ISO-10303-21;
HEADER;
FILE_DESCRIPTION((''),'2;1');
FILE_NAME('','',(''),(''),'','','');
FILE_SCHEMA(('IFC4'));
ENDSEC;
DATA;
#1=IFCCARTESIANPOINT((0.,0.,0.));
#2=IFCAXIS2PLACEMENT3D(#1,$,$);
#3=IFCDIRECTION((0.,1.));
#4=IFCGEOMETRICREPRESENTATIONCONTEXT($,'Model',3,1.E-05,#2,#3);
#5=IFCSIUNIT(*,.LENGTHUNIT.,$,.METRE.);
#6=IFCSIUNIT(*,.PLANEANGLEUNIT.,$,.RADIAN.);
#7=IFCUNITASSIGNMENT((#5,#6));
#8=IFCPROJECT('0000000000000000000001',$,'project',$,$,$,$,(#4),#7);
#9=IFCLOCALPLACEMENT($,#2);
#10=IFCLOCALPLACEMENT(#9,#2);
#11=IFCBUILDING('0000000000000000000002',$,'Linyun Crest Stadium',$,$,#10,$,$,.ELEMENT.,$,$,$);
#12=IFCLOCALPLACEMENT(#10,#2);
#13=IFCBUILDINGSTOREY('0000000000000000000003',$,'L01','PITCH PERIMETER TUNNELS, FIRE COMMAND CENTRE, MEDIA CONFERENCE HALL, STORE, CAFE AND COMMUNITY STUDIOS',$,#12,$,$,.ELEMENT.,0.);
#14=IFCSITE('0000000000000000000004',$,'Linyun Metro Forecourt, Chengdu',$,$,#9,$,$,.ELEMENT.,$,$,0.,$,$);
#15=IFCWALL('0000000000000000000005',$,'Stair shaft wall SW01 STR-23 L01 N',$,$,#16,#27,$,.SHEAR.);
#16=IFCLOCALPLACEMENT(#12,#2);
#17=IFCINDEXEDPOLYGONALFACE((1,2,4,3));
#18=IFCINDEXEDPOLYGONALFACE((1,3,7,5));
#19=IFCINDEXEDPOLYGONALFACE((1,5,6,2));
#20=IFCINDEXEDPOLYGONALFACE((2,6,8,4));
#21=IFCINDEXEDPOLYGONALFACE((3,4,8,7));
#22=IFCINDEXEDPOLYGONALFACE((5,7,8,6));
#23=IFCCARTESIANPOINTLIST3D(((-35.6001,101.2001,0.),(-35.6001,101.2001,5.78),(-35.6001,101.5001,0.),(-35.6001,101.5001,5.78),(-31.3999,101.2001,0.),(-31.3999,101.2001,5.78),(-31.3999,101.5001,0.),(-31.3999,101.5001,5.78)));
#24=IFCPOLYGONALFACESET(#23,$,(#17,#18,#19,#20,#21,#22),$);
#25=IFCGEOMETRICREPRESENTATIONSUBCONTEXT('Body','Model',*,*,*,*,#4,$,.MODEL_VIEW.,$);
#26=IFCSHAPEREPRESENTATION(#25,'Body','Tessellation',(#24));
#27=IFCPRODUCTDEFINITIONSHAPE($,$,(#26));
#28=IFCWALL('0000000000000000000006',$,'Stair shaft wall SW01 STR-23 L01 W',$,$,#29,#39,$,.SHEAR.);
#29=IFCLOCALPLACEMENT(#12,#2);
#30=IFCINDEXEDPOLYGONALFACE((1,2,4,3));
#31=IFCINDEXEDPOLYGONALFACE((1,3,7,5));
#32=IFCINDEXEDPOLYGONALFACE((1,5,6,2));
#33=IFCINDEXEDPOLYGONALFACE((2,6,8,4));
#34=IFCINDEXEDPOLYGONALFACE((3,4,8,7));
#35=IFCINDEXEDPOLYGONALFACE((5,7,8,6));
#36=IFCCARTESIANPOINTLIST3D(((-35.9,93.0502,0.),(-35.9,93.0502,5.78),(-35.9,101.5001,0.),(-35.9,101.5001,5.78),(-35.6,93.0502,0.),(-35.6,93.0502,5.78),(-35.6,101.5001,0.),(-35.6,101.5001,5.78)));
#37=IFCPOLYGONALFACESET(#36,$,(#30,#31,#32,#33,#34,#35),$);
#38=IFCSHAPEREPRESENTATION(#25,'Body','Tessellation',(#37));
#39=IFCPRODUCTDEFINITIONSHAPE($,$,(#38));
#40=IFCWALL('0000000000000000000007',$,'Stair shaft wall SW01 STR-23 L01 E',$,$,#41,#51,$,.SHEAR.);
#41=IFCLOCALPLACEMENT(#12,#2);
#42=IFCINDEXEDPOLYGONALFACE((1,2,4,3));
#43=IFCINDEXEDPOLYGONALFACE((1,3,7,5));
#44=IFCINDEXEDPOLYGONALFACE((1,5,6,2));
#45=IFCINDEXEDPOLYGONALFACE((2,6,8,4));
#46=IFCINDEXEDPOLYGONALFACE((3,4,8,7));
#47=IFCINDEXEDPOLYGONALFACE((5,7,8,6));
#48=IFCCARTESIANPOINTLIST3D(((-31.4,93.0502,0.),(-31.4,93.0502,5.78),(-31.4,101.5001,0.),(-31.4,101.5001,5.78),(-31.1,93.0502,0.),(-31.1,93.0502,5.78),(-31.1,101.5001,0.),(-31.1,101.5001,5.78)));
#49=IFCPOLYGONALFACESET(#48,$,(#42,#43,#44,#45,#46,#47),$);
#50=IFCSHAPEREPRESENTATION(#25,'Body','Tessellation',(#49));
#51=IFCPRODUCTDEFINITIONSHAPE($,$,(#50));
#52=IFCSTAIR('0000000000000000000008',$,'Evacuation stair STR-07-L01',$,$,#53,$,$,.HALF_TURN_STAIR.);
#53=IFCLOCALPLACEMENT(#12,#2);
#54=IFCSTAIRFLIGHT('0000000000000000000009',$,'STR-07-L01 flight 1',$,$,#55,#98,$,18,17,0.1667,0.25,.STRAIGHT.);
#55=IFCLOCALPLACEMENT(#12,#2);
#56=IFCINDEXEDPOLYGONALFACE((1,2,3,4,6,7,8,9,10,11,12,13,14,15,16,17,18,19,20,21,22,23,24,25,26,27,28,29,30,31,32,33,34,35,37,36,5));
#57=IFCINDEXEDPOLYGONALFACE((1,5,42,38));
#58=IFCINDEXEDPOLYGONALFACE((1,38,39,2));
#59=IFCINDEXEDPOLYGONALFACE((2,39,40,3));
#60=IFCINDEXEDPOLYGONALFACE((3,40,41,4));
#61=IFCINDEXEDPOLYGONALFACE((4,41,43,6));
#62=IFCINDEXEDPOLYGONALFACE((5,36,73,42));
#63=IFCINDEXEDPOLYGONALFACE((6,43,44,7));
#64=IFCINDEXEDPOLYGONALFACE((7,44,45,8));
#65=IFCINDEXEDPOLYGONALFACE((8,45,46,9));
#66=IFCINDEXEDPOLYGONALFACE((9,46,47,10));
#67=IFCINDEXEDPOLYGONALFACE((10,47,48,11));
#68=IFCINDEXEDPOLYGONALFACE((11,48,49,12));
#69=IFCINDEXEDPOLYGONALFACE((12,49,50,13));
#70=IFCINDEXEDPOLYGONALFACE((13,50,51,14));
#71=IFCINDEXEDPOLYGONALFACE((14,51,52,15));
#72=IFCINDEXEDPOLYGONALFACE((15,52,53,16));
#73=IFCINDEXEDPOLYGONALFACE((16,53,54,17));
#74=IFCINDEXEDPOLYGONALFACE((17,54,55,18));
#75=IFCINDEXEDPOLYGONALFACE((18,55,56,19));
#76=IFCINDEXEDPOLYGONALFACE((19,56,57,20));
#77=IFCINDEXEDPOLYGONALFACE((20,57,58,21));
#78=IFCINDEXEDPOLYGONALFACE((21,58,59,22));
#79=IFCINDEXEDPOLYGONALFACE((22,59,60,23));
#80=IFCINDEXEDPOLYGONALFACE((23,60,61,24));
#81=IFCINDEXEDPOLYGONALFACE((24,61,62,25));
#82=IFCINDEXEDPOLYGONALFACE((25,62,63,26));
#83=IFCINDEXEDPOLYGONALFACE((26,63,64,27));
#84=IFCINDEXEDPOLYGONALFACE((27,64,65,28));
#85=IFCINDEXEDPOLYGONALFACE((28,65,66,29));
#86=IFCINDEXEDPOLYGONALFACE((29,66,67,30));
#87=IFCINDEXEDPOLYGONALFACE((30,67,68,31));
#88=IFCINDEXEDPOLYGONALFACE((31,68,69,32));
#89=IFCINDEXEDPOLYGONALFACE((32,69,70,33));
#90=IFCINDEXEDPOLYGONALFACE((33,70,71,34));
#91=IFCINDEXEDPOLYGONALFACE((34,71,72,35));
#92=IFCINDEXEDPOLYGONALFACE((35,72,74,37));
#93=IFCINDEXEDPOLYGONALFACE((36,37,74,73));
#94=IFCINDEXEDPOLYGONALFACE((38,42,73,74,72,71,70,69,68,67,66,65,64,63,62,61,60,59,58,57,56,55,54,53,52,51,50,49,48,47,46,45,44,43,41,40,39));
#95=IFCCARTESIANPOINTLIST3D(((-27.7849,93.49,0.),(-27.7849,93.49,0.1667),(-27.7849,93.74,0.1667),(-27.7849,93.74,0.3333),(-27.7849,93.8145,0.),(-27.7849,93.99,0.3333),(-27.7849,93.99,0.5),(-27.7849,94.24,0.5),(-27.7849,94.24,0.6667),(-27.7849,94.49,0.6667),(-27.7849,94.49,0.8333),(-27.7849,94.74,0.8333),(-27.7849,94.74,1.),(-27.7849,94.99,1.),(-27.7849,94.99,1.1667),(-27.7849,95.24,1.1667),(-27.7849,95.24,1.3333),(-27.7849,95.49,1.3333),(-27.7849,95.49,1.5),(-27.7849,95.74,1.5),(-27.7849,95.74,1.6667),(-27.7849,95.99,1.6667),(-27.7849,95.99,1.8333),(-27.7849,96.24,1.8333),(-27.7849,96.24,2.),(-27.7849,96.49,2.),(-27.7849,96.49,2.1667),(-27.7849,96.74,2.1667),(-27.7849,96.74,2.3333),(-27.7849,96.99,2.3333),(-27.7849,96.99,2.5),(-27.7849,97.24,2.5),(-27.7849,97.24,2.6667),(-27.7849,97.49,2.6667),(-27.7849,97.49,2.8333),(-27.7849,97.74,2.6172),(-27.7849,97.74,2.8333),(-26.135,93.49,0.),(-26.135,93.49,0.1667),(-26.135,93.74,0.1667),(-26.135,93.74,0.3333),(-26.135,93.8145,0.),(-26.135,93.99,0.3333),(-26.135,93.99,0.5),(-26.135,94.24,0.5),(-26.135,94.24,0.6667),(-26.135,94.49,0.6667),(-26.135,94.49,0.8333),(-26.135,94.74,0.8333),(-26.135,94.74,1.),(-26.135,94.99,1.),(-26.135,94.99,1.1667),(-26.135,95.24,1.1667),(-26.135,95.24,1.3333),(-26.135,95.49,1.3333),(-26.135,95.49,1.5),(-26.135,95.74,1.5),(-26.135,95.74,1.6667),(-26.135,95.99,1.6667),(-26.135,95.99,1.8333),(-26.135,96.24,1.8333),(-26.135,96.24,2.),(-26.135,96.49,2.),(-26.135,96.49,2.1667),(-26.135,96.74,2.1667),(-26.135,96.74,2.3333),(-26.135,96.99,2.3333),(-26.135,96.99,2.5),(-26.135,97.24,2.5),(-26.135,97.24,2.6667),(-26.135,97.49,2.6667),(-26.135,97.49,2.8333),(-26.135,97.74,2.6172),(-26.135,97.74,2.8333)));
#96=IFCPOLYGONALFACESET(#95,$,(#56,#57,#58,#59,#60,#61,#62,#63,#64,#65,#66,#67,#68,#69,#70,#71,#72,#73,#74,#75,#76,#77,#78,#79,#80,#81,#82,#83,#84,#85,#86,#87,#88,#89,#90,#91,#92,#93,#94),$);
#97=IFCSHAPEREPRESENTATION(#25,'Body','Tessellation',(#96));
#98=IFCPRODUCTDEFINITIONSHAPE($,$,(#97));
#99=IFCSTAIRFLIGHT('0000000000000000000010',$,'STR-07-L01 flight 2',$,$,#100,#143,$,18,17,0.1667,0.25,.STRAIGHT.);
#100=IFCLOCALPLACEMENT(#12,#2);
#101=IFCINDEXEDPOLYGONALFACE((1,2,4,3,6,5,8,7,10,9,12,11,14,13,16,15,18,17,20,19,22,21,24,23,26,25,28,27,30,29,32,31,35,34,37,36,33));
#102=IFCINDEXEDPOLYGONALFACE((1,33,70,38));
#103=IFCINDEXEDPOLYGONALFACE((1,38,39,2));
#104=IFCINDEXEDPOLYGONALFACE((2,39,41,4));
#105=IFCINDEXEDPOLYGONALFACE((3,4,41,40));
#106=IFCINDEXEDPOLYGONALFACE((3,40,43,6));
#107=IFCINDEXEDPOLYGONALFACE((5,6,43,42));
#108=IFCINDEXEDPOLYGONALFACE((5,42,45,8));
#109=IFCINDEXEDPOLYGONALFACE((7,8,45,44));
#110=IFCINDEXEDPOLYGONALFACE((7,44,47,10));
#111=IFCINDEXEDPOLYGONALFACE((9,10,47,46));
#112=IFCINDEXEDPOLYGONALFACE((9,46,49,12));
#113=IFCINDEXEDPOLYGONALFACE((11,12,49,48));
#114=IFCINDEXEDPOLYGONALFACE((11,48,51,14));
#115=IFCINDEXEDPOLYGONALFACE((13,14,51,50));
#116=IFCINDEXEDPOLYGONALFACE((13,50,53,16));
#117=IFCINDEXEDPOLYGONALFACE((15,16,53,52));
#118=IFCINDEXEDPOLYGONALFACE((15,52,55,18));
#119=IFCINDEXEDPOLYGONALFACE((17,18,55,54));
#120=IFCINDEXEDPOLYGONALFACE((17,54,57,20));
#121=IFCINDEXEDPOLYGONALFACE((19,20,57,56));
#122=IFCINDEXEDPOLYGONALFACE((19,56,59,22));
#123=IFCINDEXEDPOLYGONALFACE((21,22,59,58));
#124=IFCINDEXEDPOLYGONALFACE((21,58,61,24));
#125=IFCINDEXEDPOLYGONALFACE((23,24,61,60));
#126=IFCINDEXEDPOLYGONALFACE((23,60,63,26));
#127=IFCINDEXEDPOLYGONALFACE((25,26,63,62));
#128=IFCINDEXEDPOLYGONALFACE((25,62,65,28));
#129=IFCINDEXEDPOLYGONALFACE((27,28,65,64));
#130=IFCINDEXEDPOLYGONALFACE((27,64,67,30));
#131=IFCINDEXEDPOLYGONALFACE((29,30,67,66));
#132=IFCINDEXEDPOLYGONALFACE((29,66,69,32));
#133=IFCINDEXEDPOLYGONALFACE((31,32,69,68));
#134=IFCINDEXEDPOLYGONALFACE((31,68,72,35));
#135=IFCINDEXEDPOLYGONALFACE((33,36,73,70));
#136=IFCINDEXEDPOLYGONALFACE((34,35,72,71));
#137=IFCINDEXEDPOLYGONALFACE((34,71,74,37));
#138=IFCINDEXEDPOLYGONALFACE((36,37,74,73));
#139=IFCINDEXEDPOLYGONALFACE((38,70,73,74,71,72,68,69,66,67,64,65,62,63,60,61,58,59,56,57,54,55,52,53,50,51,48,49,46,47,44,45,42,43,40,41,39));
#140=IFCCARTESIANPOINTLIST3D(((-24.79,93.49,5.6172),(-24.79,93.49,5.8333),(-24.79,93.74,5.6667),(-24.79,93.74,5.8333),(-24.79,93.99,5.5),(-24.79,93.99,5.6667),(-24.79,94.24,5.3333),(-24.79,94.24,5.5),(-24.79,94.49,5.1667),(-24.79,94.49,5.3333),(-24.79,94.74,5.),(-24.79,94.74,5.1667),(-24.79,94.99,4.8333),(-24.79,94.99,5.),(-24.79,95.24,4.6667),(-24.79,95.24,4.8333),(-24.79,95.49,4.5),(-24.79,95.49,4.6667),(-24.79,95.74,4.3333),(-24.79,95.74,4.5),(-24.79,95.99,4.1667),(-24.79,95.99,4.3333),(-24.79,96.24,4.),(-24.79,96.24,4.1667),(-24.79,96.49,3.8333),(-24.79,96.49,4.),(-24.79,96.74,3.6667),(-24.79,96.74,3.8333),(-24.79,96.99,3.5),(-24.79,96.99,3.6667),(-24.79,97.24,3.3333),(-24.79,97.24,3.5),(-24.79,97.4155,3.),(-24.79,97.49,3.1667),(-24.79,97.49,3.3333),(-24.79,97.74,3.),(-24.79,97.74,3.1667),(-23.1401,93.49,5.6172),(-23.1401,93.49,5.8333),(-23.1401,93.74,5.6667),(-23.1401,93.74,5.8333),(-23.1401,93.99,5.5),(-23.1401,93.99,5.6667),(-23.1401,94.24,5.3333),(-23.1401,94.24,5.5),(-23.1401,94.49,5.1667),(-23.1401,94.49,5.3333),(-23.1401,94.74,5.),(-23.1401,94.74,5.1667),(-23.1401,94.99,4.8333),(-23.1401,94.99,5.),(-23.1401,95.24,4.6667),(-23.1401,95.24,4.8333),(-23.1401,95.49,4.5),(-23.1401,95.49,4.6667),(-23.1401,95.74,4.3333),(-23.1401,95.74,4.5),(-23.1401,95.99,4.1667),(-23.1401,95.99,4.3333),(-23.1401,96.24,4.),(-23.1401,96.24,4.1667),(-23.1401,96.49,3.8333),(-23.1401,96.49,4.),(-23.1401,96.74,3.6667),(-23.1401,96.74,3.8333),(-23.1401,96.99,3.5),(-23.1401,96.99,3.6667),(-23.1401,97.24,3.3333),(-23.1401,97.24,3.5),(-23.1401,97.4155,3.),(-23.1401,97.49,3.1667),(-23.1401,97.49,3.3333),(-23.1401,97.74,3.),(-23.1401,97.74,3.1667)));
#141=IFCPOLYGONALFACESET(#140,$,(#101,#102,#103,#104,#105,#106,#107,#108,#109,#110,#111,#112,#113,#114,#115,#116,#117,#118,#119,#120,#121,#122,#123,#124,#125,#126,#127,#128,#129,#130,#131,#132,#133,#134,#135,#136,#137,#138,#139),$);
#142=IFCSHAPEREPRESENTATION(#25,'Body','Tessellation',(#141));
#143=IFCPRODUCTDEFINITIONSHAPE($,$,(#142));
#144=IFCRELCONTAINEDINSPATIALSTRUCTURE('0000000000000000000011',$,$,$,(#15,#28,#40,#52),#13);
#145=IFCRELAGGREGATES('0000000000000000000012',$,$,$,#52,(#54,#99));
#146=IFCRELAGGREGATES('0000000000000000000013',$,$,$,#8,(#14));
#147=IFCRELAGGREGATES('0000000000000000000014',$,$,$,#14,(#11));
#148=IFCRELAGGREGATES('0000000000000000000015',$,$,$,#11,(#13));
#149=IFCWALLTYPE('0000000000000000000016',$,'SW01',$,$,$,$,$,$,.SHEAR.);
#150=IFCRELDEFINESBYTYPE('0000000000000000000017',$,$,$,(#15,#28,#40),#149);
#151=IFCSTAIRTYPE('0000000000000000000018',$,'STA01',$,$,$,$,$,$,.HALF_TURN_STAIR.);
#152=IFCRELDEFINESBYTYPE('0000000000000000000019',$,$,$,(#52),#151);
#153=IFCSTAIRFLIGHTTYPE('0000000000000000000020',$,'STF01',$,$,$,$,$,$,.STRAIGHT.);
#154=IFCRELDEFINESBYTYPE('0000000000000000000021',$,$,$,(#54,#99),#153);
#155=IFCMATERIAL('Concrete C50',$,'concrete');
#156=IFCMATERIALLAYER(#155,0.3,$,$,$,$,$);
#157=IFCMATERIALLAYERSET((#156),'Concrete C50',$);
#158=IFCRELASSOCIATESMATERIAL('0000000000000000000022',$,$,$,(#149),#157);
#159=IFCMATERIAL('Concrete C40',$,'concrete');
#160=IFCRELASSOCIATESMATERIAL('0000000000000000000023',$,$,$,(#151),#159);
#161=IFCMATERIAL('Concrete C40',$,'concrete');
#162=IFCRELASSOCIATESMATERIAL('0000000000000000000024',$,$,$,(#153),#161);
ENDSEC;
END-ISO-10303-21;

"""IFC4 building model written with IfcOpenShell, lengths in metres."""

from ifc_helpers import new_model, si_unit, direction, frame, frame_2d, origin, place, context, subcontext, project, spatial, polyline, rectangle, outline, extrude, material, layer, layer_set, type_object, element, aggregate, save


model = new_model("IFC4")

# Units and contexts
model_context = context("Model", 3, precision=1e-05, world=origin(), true_north=direction((0.0, 1.0)))
body_context = subcontext(model_context, "Body", "Model", "MODEL_VIEW")
ifc_project = project(units=[si_unit("LENGTHUNIT", "METRE"), si_unit("PLANEANGLEUNIT", "RADIAN")], contexts=[model_context])

# Site, building, storey
site_placement = place(None, origin())
site = spatial("IfcSite", under=ifc_project, at=site_placement, Name="Linyun Metro Forecourt, Chengdu", CompositionType="ELEMENT", RefElevation=0.0)
building_placement = place(site_placement, origin())
building = spatial("IfcBuilding", under=site, at=building_placement, Name="Linyun Crest Stadium", CompositionType="ELEMENT")
storey_placement = place(building_placement, origin())
storey = spatial("IfcBuildingStorey", under=building, at=storey_placement, Name="L01", Description="PITCH PERIMETER TUNNELS, FIRE COMMAND CENTRE, MEDIA CONFERENCE HALL, STORE, CAFE AND COMMUNITY STUDIOS", CompositionType="ELEMENT", Elevation=0.0)

# Shared definitions
ifc_material_1 = material(Name="Concrete C50", Category="concrete")
ifc_layer_1 = layer(ifc_material_1, 0.3)
ifc_layer_set_1 = layer_set([ifc_layer_1], Name="Concrete C50")
wall_type_1 = type_object("IfcWallType", Name="SW01", PredefinedType="SHEAR", material=ifc_layer_set_1)

# Walls
wall_1_placement = place(storey_placement, frame((-35.6001, 101.3501, 0.0), z_axis=(0.0, 0.0, 1.0), x_axis=(1.0, 0.0, 0.0)))
element("IfcWall", 1, at=wall_1_placement, inside=storey, type_object=wall_type_1, Name="Stair shaft wall SW01 STR-23 L01 N", PredefinedType="SHEAR", context=body_context, shape_type="SweptSolid", body=[
    extrude(rectangle(XDim=4.2002, YDim=0.3, at=frame_2d((2.1001, 0.0))), origin(), (0.0, 0.0, 1.0), 5.78),
])
for number, where, z_axis, x_axis, name in (
    (2, (-35.75, 93.05, 0.0), (0.0, 0.0, 1.0), (0.0, 1.0, 0.0), "Stair shaft wall SW01 STR-23 L01 W"),
    (3, (-31.25, 93.05, 0.0), (0.0, 0.0, 1.0), (0.0, 1.0, 0.0), "Stair shaft wall SW01 STR-23 L01 E"),
):
    element("IfcWall", number, at=place(storey_placement, frame(where, z_axis=z_axis, x_axis=x_axis)), inside=storey, type_object=wall_type_1, Name=name, PredefinedType="SHEAR", context=body_context, shape_type="SweptSolid", body=[
        extrude(rectangle(XDim=8.45, YDim=0.3, at=frame_2d((4.2251, 0.0))), origin(), (0.0, 0.0, 1.0), 5.78),
    ])

# Stair, stair flights
ifc_material_2 = material(Name="Concrete C40", Category="concrete")
stair_type = type_object("IfcStairType", Name="STA01", PredefinedType="HALF_TURN_STAIR", material=ifc_material_2)
stair_1_placement = place(storey_placement, origin())
stair_1 = element("IfcStair", 4, at=stair_1_placement, inside=storey, type_object=stair_type, Name="Evacuation stair STR-07-L01", PredefinedType="HALF_TURN_STAIR")
ifc_material_3 = material(Name="Concrete C40", Category="concrete")
stair_flight_type_1 = type_object("IfcStairFlightType", Name="STF01", PredefinedType="STRAIGHT", material=ifc_material_3)
stair_flight_1_placement = place(storey_placement, frame((-26.96, 93.49, 0.0), z_axis=(0.0, 0.0, 1.0), x_axis=(0.0, 1.0, 0.0)))
stair_flight_1 = element("IfcStairFlight", 5, at=stair_flight_1_placement, type_object=stair_flight_type_1, Name="STR-07-L01 flight 1", NumberOfRisers=18, NumberOfTreads=17, PredefinedType="STRAIGHT", RiserHeight=0.1667, TreadLength=0.25, context=body_context, shape_type="SweptSolid", body=[
    extrude(outline(polyline([(0.0, 0.0), (0.0, 0.1667), (0.25, 0.1667), (0.25, 0.3333), (0.5, 0.3333), (0.5, 0.5), (0.75, 0.5), (0.75, 0.6667), (1.0, 0.6667), (1.0, 0.8333), (1.25, 0.8333), (1.25, 1.0), (1.5, 1.0), (1.5, 1.1667), (1.75, 1.1667), (1.75, 1.3333), (2.0, 1.3333), (2.0, 1.5), (2.25, 1.5), (2.25, 1.6667), (2.5, 1.6667), (2.5, 1.8333), (2.75, 1.8333), (2.75, 2.0), (3.0, 2.0), (3.0, 2.1667), (3.25, 2.1667), (3.25, 2.3333), (3.5, 2.3333), (3.5, 2.5), (3.75, 2.5), (3.75, 2.6667), (4.0, 2.6667), (4.0, 2.8333), (4.25, 2.8333), (4.25, 3.0), (4.25, 2.6172), (0.3245, 0.0), (0.0, 0.0)])), frame((0.0, 0.825, 0.0), z_axis=(0.0, -1.0, 0.0), x_axis=(1.0, 0.0, 0.0)), (0.0, 0.0, 1.0), 1.6499),
])
stair_flight_2_placement = place(storey_placement, frame((-23.9651, 97.74, 3.0), z_axis=(0.0, 0.0, 1.0), x_axis=(0.0, -1.0, 0.0)))
stair_flight_2 = element("IfcStairFlight", 6, at=stair_flight_2_placement, type_object=stair_flight_type_1, Name="STR-07-L01 flight 2", NumberOfRisers=18, NumberOfTreads=17, PredefinedType="STRAIGHT", RiserHeight=0.1667, TreadLength=0.25, context=body_context, shape_type="SweptSolid", body=[
    extrude(outline(polyline([(0.0, 0.0), (0.0, 0.1667), (0.25, 0.1667), (0.25, 0.3333), (0.5, 0.3333), (0.5, 0.5), (0.75, 0.5), (0.75, 0.6667), (1.0, 0.6667), (1.0, 0.8333), (1.25, 0.8333), (1.25, 1.0), (1.5, 1.0), (1.5, 1.1667), (1.75, 1.1667), (1.75, 1.3333), (2.0, 1.3333), (2.0, 1.5), (2.25, 1.5), (2.25, 1.6667), (2.5, 1.6667), (2.5, 1.8333), (2.75, 1.8333), (2.75, 2.0), (3.0, 2.0), (3.0, 2.1667), (3.25, 2.1667), (3.25, 2.3333), (3.5, 2.3333), (3.5, 2.5), (3.75, 2.5), (3.75, 2.6667), (4.0, 2.6667), (4.0, 2.8333), (4.25, 2.8333), (4.25, 3.0), (4.25, 2.6172), (0.3245, 0.0), (0.0, 0.0)])), frame((0.0, 0.825, 0.0), z_axis=(0.0, -1.0, 0.0), x_axis=(1.0, 0.0, 0.0)), (0.0, 0.0, 1.0), 1.6499),
])
aggregate(stair_1, [stair_flight_1, stair_flight_2])

save(model, "model.ifc")
